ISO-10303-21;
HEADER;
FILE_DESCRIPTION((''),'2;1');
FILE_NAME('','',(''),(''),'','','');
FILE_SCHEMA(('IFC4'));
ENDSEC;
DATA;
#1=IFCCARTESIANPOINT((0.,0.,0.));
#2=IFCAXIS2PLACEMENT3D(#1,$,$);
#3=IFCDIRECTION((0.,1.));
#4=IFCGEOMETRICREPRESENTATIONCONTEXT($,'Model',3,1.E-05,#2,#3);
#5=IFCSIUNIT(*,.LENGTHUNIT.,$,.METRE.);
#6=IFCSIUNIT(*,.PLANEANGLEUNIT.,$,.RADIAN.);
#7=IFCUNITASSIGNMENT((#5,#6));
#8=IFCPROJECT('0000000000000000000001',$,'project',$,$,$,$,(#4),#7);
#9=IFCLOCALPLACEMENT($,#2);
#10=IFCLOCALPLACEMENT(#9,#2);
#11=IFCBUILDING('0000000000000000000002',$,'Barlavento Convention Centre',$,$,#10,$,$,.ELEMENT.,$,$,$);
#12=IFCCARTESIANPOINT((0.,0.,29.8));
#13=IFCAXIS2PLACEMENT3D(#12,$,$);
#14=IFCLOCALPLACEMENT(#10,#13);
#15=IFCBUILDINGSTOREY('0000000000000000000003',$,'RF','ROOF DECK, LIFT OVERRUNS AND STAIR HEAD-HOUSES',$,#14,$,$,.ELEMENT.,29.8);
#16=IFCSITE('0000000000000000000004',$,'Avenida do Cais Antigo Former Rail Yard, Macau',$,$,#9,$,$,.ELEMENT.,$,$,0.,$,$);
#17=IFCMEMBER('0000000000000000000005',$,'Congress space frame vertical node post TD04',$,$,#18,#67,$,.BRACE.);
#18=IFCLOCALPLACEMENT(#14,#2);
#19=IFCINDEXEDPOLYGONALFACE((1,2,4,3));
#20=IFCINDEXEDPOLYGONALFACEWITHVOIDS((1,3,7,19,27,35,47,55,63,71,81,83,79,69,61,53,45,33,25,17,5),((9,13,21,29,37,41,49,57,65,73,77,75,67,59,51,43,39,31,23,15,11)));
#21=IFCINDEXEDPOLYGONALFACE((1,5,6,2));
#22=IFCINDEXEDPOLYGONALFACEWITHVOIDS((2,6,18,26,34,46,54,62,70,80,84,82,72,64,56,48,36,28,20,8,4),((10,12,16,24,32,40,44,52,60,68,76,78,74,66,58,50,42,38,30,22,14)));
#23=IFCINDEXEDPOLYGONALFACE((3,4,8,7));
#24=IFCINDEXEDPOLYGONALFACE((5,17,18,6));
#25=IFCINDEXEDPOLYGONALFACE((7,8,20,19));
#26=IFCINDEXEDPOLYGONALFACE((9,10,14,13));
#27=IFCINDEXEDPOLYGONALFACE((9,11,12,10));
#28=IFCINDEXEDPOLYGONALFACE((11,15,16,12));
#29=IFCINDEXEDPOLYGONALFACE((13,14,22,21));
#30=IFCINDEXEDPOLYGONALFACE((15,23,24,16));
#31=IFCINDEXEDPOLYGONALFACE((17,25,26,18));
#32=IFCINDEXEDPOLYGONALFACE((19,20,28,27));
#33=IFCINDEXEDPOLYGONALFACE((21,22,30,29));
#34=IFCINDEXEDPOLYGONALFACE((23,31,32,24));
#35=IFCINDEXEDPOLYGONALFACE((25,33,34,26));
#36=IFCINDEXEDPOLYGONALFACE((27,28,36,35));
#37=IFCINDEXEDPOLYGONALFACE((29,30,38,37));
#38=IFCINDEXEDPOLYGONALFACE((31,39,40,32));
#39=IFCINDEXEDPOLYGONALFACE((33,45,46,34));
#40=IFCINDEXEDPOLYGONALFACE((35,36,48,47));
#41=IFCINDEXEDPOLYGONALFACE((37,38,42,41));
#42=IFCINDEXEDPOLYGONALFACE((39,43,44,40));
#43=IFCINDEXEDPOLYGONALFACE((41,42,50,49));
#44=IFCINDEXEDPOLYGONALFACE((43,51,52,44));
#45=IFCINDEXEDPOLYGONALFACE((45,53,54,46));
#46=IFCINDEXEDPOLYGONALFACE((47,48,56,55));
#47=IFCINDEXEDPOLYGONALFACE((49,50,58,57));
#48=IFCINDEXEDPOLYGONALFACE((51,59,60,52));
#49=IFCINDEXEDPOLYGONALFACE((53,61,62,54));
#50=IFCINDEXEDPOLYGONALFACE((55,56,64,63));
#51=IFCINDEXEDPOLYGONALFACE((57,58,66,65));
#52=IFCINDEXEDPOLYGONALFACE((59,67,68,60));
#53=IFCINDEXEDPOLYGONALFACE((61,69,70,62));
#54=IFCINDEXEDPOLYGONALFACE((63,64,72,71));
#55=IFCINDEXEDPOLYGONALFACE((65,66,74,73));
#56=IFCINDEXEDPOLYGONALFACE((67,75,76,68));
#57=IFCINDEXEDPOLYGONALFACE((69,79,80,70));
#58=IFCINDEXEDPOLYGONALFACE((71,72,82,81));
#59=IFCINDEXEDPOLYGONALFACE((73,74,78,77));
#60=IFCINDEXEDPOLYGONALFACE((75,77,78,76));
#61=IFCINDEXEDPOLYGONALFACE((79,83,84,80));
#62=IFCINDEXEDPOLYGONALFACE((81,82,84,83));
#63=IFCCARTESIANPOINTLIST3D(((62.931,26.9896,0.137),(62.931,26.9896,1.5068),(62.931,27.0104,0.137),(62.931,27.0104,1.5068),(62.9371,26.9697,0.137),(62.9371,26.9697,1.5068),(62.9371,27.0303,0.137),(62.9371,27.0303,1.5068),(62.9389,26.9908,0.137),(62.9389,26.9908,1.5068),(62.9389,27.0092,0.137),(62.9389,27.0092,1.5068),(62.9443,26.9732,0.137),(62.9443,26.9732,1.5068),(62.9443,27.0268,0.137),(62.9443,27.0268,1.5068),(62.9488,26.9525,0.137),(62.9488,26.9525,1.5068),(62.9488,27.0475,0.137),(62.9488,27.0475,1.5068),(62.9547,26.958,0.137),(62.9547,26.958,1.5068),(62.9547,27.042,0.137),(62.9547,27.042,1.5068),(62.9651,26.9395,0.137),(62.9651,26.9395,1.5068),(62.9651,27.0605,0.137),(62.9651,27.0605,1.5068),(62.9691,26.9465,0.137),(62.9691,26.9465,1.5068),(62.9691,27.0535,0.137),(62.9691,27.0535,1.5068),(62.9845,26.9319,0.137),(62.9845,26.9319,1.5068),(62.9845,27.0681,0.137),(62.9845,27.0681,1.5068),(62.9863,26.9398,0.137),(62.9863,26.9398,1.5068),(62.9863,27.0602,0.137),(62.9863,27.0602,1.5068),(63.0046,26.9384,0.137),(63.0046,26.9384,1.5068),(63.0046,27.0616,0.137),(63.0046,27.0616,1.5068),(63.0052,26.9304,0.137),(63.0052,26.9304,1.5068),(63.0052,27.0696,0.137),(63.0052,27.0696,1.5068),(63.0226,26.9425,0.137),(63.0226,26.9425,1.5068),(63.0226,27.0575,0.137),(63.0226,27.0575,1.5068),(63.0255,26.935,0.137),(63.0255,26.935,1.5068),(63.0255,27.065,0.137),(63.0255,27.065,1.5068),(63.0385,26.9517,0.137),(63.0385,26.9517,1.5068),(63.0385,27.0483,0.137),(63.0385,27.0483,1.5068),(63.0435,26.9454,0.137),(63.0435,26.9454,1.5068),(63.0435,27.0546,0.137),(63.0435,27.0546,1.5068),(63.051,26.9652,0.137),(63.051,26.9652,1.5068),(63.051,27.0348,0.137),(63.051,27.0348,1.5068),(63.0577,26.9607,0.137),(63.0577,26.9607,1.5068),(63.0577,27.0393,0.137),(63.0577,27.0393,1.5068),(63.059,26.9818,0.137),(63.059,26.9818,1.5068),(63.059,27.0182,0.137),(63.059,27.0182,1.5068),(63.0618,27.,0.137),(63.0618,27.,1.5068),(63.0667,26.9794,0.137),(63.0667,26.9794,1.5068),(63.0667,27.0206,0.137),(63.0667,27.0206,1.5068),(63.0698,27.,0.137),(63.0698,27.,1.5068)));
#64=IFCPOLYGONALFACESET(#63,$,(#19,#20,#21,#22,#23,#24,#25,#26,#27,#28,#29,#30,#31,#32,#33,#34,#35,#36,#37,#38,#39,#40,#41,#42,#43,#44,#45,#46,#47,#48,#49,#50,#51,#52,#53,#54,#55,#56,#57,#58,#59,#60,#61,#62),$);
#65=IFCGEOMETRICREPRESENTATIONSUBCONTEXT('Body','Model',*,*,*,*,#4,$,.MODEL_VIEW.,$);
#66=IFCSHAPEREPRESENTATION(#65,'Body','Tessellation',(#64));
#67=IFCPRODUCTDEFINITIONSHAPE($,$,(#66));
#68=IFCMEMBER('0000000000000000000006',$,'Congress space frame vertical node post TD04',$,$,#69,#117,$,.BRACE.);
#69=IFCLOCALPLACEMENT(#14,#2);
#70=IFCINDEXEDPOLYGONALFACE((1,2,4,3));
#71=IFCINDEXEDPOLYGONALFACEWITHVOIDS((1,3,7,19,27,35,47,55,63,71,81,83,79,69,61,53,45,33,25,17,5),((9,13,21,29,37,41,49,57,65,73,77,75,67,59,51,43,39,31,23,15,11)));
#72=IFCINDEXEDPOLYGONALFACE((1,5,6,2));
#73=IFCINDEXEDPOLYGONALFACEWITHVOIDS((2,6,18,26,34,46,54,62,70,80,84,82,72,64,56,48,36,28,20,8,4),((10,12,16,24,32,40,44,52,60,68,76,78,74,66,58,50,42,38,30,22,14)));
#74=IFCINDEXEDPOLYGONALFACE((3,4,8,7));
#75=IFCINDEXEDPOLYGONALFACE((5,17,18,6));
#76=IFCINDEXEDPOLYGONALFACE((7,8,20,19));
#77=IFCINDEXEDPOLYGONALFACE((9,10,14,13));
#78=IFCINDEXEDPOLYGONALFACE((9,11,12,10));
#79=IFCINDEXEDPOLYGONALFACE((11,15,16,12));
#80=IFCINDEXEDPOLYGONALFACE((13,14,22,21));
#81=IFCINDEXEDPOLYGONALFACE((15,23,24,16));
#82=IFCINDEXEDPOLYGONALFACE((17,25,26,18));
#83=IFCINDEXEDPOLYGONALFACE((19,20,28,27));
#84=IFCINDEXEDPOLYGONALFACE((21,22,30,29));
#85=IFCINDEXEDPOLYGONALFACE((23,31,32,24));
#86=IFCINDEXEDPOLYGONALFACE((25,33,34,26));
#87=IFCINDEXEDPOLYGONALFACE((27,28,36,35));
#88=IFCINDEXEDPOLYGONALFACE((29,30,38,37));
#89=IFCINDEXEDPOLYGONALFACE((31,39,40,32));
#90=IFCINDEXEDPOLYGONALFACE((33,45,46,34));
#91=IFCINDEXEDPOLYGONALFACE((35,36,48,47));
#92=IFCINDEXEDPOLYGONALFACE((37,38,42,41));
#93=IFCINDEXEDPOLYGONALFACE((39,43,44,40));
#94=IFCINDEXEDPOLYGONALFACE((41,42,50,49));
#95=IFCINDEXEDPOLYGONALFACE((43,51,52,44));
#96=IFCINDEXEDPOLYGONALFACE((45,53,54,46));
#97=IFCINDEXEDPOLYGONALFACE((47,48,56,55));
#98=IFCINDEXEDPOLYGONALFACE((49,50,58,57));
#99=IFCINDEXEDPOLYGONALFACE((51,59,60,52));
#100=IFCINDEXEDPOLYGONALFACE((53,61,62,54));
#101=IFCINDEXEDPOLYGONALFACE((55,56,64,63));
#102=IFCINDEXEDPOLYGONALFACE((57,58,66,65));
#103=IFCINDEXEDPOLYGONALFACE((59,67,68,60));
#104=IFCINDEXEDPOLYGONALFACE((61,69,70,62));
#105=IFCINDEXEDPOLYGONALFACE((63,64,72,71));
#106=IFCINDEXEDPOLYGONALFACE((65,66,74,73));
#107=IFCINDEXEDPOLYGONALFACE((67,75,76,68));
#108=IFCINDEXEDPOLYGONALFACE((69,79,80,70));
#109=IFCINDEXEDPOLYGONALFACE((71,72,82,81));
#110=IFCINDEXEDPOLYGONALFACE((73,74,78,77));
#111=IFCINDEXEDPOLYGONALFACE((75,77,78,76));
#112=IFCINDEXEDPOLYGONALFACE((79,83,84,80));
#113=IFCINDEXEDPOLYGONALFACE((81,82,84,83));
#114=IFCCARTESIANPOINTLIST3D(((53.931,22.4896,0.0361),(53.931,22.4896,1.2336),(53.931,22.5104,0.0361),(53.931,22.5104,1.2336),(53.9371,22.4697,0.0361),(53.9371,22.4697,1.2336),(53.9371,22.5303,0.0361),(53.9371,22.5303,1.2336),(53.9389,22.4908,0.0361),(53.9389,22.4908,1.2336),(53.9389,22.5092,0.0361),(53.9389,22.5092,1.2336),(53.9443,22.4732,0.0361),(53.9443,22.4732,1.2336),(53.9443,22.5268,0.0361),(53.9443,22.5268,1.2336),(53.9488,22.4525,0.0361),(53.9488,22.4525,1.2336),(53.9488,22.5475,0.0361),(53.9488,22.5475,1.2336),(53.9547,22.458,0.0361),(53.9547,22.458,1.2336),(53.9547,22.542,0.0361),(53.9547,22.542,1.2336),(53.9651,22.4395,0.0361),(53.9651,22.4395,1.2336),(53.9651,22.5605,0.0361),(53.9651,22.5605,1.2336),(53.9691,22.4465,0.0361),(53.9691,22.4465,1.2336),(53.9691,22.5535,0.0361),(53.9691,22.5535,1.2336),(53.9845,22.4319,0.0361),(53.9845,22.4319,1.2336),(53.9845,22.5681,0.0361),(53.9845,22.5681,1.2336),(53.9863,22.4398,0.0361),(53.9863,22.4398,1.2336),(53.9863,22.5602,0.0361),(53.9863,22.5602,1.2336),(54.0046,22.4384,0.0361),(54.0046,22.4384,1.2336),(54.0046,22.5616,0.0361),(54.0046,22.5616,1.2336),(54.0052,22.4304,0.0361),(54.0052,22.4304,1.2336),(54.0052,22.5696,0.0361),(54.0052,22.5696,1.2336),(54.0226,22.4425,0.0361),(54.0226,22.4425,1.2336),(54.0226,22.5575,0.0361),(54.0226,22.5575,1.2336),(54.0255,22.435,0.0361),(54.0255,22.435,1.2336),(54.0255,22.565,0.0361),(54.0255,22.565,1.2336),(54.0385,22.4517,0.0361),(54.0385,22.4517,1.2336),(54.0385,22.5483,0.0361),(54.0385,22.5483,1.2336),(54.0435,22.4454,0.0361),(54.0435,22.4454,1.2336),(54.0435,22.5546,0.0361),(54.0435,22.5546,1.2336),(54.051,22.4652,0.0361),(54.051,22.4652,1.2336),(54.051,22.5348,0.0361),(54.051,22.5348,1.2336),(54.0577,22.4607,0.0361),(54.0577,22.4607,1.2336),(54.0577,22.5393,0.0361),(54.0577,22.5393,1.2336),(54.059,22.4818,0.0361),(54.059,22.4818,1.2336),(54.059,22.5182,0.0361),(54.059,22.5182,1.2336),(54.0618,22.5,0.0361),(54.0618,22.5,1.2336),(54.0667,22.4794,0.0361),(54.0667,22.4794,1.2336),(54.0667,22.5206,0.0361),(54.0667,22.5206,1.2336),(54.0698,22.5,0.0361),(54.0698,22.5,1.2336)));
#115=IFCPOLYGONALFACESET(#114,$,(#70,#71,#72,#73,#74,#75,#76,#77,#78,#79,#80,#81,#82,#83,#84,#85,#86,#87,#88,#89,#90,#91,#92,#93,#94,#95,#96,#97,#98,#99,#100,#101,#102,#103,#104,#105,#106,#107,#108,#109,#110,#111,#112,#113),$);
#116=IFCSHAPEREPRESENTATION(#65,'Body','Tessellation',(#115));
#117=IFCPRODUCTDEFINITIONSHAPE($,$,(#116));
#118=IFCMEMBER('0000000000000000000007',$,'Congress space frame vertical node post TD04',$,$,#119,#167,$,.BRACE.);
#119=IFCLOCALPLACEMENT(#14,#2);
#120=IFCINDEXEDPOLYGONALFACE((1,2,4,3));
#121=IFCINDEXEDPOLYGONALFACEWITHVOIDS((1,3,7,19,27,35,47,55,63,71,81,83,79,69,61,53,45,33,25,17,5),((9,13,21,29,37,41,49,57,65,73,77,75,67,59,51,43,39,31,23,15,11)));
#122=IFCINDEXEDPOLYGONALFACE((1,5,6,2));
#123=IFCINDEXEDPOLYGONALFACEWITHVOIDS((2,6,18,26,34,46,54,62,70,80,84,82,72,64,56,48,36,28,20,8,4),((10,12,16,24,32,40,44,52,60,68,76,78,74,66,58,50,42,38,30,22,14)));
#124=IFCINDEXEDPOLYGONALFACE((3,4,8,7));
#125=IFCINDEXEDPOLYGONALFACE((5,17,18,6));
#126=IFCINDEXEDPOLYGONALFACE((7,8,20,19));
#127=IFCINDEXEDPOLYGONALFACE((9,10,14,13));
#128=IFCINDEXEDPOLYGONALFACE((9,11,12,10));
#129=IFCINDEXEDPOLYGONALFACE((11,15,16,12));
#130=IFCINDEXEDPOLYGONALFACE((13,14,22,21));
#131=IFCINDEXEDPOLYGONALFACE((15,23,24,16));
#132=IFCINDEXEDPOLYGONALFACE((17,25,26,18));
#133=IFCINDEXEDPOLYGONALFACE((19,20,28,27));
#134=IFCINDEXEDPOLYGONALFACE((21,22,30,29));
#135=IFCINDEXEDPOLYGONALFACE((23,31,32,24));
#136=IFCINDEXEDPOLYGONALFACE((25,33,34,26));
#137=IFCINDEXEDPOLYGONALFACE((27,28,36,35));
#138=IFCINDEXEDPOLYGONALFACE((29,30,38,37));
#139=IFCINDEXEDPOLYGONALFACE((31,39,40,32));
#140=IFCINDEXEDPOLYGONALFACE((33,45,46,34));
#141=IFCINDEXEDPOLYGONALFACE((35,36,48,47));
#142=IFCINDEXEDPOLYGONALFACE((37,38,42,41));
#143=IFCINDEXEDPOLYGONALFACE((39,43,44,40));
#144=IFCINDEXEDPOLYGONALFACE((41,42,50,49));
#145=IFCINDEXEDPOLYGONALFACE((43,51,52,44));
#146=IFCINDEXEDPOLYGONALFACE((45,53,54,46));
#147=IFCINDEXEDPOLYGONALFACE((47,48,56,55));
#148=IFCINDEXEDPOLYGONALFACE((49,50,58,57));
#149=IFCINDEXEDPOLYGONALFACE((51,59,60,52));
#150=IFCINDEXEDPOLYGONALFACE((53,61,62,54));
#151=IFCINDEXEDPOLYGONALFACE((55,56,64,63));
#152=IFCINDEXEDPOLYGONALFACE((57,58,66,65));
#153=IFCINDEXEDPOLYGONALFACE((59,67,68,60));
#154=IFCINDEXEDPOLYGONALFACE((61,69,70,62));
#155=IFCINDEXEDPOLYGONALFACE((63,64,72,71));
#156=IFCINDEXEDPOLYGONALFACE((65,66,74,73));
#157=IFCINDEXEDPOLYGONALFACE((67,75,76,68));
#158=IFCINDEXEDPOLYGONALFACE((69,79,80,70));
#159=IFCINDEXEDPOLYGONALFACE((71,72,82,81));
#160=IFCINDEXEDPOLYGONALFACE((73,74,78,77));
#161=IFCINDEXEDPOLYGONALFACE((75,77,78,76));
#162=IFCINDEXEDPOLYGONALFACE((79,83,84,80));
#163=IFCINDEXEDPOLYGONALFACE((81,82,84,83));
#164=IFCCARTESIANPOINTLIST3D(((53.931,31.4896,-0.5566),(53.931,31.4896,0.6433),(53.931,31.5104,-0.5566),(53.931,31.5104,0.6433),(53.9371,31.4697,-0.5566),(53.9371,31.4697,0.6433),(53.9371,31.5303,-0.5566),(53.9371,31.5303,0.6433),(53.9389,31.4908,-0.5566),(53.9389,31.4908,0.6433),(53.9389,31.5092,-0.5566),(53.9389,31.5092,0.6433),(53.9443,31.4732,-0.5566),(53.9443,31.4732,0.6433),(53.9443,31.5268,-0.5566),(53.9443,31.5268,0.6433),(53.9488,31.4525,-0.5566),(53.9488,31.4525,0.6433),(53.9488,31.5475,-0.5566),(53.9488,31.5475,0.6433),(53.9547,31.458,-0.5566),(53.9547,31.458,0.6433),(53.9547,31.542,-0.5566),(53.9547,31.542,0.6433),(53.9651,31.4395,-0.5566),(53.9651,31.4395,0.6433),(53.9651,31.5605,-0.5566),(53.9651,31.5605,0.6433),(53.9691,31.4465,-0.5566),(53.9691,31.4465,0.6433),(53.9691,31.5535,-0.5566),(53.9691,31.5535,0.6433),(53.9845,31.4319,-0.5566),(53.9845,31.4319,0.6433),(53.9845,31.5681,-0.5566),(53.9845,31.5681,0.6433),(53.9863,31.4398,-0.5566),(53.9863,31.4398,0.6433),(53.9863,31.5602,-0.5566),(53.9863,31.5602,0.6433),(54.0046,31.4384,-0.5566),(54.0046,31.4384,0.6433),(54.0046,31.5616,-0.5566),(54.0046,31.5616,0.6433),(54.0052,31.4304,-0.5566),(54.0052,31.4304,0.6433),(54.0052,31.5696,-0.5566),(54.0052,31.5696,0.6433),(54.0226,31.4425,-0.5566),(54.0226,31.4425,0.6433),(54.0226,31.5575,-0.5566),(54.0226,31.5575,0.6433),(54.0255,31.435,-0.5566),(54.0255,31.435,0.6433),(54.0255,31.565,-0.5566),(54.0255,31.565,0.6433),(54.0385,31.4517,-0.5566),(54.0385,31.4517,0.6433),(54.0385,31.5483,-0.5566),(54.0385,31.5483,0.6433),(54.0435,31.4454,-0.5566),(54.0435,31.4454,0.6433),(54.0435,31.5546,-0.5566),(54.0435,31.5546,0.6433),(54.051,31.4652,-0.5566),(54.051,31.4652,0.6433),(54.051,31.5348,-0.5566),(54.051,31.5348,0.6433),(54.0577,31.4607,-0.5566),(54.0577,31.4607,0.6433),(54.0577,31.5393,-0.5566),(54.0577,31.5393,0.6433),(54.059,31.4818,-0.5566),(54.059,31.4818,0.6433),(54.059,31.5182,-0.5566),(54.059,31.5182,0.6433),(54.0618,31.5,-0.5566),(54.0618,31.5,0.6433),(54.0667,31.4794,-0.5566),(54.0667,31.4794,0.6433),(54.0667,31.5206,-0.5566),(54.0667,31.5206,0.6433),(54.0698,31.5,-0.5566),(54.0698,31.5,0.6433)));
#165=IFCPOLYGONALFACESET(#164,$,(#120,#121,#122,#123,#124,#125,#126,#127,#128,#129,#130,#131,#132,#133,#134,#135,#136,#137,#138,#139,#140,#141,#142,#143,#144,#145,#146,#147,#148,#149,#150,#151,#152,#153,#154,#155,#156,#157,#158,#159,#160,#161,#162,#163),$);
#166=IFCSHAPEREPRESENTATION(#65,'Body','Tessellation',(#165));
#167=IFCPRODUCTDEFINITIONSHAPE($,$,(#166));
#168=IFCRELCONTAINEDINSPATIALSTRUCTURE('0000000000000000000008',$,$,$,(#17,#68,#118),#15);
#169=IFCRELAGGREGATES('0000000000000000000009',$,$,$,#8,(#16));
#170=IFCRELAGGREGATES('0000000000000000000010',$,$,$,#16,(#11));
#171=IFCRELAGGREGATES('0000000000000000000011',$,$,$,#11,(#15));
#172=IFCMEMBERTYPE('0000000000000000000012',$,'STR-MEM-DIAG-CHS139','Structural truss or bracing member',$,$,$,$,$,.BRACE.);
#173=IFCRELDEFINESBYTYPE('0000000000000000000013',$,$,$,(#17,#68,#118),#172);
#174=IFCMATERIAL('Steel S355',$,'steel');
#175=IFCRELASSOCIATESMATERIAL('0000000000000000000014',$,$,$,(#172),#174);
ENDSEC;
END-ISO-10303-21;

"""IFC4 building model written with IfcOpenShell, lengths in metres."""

from ifc_helpers import new_model, si_unit, direction, frame, origin, origin_2d, place, context, subcontext, project, spatial, hollow_circle, extrude, material, material_profile, profile_set, type_object, element, save


model = new_model("IFC4")

# Units and contexts
model_context = context("Model", 3, precision=1e-05, world=origin(), true_north=direction((0.0, 1.0)))
body_context = subcontext(model_context, "Body", "Model", "MODEL_VIEW")
ifc_project = project(units=[si_unit("LENGTHUNIT", "METRE"), si_unit("PLANEANGLEUNIT", "RADIAN")], contexts=[model_context])

# Site, building, storey
site_placement = place(None, origin())
site = spatial("IfcSite", under=ifc_project, at=site_placement, Name="Avenida do Cais Antigo Former Rail Yard, Macau", CompositionType="ELEMENT", RefElevation=0.0)
building_placement = place(site_placement, origin())
building = spatial("IfcBuilding", under=site, at=building_placement, Name="Barlavento Convention Centre", CompositionType="ELEMENT")
storey_placement = place(building_placement, frame((0.0, 0.0, 29.8)))
storey = spatial("IfcBuildingStorey", under=building, at=storey_placement, Name="RF", Description="ROOF DECK, LIFT OVERRUNS AND STAIR HEAD-HOUSES", CompositionType="ELEMENT", Elevation=29.8)

# Members
ifc_material_1 = material(Name="Steel S355", Category="steel")
ifc_material_profile_1 = material_profile(ifc_material_1, hollow_circle(Radius=0.0698, WallThickness=0.0081, at=origin_2d()), Name="CHS 139.7x8.0")
ifc_profile_set_1 = profile_set([ifc_material_profile_1], Name="Steel S355")
member_type_1 = type_object("IfcMemberType", Name="STR-MEM-DIAG-CHS139", Description="Structural truss or bracing member", PredefinedType="BRACE", material=ifc_profile_set_1)
for number, where, z_axis, x_axis, name in (
    (1, (63.0, 27.0, 0.137), (0.0, 0.0, 1.0), (1.0, 0.0, 0.0), "Congress space frame vertical node post TD04"),
):
    element("IfcMember", number, at=place(storey_placement, frame(where, z_axis=z_axis, x_axis=x_axis)), inside=storey, type_object=member_type_1, Name=name, PredefinedType="BRACE", context=body_context, shape_type="SweptSolid", body=[
        extrude(hollow_circle(Radius=0.0698, WallThickness=0.0081, at=origin_2d()), origin(), (0.0, 0.0, 1.0), 1.3699),
    ])
member_1_placement = place(storey_placement, frame((54.0, 22.5, 0.0361), z_axis=(0.0, 0.0, 1.0), x_axis=(1.0, 0.0, 0.0)))
element("IfcMember", 2, at=member_1_placement, inside=storey, type_object=member_type_1, Name="Congress space frame vertical node post TD04", PredefinedType="BRACE", context=body_context, shape_type="SweptSolid", body=[
    extrude(hollow_circle(Radius=0.0698, WallThickness=0.0081, at=origin_2d()), origin(), (0.0, 0.0, 1.0), 1.1975),
])
member_2_placement = place(storey_placement, frame((54.0, 31.5, -0.5566), z_axis=(0.0, 0.0, 1.0), x_axis=(1.0, 0.0, 0.0)))
element("IfcMember", 3, at=member_2_placement, inside=storey, type_object=member_type_1, Name="Congress space frame vertical node post TD04", PredefinedType="BRACE", context=body_context, shape_type="SweptSolid", body=[
    extrude(hollow_circle(Radius=0.0698, WallThickness=0.0081, at=origin_2d()), origin(), (0.0, 0.0, 1.0), 1.2),
])

save(model, "model.ifc")
